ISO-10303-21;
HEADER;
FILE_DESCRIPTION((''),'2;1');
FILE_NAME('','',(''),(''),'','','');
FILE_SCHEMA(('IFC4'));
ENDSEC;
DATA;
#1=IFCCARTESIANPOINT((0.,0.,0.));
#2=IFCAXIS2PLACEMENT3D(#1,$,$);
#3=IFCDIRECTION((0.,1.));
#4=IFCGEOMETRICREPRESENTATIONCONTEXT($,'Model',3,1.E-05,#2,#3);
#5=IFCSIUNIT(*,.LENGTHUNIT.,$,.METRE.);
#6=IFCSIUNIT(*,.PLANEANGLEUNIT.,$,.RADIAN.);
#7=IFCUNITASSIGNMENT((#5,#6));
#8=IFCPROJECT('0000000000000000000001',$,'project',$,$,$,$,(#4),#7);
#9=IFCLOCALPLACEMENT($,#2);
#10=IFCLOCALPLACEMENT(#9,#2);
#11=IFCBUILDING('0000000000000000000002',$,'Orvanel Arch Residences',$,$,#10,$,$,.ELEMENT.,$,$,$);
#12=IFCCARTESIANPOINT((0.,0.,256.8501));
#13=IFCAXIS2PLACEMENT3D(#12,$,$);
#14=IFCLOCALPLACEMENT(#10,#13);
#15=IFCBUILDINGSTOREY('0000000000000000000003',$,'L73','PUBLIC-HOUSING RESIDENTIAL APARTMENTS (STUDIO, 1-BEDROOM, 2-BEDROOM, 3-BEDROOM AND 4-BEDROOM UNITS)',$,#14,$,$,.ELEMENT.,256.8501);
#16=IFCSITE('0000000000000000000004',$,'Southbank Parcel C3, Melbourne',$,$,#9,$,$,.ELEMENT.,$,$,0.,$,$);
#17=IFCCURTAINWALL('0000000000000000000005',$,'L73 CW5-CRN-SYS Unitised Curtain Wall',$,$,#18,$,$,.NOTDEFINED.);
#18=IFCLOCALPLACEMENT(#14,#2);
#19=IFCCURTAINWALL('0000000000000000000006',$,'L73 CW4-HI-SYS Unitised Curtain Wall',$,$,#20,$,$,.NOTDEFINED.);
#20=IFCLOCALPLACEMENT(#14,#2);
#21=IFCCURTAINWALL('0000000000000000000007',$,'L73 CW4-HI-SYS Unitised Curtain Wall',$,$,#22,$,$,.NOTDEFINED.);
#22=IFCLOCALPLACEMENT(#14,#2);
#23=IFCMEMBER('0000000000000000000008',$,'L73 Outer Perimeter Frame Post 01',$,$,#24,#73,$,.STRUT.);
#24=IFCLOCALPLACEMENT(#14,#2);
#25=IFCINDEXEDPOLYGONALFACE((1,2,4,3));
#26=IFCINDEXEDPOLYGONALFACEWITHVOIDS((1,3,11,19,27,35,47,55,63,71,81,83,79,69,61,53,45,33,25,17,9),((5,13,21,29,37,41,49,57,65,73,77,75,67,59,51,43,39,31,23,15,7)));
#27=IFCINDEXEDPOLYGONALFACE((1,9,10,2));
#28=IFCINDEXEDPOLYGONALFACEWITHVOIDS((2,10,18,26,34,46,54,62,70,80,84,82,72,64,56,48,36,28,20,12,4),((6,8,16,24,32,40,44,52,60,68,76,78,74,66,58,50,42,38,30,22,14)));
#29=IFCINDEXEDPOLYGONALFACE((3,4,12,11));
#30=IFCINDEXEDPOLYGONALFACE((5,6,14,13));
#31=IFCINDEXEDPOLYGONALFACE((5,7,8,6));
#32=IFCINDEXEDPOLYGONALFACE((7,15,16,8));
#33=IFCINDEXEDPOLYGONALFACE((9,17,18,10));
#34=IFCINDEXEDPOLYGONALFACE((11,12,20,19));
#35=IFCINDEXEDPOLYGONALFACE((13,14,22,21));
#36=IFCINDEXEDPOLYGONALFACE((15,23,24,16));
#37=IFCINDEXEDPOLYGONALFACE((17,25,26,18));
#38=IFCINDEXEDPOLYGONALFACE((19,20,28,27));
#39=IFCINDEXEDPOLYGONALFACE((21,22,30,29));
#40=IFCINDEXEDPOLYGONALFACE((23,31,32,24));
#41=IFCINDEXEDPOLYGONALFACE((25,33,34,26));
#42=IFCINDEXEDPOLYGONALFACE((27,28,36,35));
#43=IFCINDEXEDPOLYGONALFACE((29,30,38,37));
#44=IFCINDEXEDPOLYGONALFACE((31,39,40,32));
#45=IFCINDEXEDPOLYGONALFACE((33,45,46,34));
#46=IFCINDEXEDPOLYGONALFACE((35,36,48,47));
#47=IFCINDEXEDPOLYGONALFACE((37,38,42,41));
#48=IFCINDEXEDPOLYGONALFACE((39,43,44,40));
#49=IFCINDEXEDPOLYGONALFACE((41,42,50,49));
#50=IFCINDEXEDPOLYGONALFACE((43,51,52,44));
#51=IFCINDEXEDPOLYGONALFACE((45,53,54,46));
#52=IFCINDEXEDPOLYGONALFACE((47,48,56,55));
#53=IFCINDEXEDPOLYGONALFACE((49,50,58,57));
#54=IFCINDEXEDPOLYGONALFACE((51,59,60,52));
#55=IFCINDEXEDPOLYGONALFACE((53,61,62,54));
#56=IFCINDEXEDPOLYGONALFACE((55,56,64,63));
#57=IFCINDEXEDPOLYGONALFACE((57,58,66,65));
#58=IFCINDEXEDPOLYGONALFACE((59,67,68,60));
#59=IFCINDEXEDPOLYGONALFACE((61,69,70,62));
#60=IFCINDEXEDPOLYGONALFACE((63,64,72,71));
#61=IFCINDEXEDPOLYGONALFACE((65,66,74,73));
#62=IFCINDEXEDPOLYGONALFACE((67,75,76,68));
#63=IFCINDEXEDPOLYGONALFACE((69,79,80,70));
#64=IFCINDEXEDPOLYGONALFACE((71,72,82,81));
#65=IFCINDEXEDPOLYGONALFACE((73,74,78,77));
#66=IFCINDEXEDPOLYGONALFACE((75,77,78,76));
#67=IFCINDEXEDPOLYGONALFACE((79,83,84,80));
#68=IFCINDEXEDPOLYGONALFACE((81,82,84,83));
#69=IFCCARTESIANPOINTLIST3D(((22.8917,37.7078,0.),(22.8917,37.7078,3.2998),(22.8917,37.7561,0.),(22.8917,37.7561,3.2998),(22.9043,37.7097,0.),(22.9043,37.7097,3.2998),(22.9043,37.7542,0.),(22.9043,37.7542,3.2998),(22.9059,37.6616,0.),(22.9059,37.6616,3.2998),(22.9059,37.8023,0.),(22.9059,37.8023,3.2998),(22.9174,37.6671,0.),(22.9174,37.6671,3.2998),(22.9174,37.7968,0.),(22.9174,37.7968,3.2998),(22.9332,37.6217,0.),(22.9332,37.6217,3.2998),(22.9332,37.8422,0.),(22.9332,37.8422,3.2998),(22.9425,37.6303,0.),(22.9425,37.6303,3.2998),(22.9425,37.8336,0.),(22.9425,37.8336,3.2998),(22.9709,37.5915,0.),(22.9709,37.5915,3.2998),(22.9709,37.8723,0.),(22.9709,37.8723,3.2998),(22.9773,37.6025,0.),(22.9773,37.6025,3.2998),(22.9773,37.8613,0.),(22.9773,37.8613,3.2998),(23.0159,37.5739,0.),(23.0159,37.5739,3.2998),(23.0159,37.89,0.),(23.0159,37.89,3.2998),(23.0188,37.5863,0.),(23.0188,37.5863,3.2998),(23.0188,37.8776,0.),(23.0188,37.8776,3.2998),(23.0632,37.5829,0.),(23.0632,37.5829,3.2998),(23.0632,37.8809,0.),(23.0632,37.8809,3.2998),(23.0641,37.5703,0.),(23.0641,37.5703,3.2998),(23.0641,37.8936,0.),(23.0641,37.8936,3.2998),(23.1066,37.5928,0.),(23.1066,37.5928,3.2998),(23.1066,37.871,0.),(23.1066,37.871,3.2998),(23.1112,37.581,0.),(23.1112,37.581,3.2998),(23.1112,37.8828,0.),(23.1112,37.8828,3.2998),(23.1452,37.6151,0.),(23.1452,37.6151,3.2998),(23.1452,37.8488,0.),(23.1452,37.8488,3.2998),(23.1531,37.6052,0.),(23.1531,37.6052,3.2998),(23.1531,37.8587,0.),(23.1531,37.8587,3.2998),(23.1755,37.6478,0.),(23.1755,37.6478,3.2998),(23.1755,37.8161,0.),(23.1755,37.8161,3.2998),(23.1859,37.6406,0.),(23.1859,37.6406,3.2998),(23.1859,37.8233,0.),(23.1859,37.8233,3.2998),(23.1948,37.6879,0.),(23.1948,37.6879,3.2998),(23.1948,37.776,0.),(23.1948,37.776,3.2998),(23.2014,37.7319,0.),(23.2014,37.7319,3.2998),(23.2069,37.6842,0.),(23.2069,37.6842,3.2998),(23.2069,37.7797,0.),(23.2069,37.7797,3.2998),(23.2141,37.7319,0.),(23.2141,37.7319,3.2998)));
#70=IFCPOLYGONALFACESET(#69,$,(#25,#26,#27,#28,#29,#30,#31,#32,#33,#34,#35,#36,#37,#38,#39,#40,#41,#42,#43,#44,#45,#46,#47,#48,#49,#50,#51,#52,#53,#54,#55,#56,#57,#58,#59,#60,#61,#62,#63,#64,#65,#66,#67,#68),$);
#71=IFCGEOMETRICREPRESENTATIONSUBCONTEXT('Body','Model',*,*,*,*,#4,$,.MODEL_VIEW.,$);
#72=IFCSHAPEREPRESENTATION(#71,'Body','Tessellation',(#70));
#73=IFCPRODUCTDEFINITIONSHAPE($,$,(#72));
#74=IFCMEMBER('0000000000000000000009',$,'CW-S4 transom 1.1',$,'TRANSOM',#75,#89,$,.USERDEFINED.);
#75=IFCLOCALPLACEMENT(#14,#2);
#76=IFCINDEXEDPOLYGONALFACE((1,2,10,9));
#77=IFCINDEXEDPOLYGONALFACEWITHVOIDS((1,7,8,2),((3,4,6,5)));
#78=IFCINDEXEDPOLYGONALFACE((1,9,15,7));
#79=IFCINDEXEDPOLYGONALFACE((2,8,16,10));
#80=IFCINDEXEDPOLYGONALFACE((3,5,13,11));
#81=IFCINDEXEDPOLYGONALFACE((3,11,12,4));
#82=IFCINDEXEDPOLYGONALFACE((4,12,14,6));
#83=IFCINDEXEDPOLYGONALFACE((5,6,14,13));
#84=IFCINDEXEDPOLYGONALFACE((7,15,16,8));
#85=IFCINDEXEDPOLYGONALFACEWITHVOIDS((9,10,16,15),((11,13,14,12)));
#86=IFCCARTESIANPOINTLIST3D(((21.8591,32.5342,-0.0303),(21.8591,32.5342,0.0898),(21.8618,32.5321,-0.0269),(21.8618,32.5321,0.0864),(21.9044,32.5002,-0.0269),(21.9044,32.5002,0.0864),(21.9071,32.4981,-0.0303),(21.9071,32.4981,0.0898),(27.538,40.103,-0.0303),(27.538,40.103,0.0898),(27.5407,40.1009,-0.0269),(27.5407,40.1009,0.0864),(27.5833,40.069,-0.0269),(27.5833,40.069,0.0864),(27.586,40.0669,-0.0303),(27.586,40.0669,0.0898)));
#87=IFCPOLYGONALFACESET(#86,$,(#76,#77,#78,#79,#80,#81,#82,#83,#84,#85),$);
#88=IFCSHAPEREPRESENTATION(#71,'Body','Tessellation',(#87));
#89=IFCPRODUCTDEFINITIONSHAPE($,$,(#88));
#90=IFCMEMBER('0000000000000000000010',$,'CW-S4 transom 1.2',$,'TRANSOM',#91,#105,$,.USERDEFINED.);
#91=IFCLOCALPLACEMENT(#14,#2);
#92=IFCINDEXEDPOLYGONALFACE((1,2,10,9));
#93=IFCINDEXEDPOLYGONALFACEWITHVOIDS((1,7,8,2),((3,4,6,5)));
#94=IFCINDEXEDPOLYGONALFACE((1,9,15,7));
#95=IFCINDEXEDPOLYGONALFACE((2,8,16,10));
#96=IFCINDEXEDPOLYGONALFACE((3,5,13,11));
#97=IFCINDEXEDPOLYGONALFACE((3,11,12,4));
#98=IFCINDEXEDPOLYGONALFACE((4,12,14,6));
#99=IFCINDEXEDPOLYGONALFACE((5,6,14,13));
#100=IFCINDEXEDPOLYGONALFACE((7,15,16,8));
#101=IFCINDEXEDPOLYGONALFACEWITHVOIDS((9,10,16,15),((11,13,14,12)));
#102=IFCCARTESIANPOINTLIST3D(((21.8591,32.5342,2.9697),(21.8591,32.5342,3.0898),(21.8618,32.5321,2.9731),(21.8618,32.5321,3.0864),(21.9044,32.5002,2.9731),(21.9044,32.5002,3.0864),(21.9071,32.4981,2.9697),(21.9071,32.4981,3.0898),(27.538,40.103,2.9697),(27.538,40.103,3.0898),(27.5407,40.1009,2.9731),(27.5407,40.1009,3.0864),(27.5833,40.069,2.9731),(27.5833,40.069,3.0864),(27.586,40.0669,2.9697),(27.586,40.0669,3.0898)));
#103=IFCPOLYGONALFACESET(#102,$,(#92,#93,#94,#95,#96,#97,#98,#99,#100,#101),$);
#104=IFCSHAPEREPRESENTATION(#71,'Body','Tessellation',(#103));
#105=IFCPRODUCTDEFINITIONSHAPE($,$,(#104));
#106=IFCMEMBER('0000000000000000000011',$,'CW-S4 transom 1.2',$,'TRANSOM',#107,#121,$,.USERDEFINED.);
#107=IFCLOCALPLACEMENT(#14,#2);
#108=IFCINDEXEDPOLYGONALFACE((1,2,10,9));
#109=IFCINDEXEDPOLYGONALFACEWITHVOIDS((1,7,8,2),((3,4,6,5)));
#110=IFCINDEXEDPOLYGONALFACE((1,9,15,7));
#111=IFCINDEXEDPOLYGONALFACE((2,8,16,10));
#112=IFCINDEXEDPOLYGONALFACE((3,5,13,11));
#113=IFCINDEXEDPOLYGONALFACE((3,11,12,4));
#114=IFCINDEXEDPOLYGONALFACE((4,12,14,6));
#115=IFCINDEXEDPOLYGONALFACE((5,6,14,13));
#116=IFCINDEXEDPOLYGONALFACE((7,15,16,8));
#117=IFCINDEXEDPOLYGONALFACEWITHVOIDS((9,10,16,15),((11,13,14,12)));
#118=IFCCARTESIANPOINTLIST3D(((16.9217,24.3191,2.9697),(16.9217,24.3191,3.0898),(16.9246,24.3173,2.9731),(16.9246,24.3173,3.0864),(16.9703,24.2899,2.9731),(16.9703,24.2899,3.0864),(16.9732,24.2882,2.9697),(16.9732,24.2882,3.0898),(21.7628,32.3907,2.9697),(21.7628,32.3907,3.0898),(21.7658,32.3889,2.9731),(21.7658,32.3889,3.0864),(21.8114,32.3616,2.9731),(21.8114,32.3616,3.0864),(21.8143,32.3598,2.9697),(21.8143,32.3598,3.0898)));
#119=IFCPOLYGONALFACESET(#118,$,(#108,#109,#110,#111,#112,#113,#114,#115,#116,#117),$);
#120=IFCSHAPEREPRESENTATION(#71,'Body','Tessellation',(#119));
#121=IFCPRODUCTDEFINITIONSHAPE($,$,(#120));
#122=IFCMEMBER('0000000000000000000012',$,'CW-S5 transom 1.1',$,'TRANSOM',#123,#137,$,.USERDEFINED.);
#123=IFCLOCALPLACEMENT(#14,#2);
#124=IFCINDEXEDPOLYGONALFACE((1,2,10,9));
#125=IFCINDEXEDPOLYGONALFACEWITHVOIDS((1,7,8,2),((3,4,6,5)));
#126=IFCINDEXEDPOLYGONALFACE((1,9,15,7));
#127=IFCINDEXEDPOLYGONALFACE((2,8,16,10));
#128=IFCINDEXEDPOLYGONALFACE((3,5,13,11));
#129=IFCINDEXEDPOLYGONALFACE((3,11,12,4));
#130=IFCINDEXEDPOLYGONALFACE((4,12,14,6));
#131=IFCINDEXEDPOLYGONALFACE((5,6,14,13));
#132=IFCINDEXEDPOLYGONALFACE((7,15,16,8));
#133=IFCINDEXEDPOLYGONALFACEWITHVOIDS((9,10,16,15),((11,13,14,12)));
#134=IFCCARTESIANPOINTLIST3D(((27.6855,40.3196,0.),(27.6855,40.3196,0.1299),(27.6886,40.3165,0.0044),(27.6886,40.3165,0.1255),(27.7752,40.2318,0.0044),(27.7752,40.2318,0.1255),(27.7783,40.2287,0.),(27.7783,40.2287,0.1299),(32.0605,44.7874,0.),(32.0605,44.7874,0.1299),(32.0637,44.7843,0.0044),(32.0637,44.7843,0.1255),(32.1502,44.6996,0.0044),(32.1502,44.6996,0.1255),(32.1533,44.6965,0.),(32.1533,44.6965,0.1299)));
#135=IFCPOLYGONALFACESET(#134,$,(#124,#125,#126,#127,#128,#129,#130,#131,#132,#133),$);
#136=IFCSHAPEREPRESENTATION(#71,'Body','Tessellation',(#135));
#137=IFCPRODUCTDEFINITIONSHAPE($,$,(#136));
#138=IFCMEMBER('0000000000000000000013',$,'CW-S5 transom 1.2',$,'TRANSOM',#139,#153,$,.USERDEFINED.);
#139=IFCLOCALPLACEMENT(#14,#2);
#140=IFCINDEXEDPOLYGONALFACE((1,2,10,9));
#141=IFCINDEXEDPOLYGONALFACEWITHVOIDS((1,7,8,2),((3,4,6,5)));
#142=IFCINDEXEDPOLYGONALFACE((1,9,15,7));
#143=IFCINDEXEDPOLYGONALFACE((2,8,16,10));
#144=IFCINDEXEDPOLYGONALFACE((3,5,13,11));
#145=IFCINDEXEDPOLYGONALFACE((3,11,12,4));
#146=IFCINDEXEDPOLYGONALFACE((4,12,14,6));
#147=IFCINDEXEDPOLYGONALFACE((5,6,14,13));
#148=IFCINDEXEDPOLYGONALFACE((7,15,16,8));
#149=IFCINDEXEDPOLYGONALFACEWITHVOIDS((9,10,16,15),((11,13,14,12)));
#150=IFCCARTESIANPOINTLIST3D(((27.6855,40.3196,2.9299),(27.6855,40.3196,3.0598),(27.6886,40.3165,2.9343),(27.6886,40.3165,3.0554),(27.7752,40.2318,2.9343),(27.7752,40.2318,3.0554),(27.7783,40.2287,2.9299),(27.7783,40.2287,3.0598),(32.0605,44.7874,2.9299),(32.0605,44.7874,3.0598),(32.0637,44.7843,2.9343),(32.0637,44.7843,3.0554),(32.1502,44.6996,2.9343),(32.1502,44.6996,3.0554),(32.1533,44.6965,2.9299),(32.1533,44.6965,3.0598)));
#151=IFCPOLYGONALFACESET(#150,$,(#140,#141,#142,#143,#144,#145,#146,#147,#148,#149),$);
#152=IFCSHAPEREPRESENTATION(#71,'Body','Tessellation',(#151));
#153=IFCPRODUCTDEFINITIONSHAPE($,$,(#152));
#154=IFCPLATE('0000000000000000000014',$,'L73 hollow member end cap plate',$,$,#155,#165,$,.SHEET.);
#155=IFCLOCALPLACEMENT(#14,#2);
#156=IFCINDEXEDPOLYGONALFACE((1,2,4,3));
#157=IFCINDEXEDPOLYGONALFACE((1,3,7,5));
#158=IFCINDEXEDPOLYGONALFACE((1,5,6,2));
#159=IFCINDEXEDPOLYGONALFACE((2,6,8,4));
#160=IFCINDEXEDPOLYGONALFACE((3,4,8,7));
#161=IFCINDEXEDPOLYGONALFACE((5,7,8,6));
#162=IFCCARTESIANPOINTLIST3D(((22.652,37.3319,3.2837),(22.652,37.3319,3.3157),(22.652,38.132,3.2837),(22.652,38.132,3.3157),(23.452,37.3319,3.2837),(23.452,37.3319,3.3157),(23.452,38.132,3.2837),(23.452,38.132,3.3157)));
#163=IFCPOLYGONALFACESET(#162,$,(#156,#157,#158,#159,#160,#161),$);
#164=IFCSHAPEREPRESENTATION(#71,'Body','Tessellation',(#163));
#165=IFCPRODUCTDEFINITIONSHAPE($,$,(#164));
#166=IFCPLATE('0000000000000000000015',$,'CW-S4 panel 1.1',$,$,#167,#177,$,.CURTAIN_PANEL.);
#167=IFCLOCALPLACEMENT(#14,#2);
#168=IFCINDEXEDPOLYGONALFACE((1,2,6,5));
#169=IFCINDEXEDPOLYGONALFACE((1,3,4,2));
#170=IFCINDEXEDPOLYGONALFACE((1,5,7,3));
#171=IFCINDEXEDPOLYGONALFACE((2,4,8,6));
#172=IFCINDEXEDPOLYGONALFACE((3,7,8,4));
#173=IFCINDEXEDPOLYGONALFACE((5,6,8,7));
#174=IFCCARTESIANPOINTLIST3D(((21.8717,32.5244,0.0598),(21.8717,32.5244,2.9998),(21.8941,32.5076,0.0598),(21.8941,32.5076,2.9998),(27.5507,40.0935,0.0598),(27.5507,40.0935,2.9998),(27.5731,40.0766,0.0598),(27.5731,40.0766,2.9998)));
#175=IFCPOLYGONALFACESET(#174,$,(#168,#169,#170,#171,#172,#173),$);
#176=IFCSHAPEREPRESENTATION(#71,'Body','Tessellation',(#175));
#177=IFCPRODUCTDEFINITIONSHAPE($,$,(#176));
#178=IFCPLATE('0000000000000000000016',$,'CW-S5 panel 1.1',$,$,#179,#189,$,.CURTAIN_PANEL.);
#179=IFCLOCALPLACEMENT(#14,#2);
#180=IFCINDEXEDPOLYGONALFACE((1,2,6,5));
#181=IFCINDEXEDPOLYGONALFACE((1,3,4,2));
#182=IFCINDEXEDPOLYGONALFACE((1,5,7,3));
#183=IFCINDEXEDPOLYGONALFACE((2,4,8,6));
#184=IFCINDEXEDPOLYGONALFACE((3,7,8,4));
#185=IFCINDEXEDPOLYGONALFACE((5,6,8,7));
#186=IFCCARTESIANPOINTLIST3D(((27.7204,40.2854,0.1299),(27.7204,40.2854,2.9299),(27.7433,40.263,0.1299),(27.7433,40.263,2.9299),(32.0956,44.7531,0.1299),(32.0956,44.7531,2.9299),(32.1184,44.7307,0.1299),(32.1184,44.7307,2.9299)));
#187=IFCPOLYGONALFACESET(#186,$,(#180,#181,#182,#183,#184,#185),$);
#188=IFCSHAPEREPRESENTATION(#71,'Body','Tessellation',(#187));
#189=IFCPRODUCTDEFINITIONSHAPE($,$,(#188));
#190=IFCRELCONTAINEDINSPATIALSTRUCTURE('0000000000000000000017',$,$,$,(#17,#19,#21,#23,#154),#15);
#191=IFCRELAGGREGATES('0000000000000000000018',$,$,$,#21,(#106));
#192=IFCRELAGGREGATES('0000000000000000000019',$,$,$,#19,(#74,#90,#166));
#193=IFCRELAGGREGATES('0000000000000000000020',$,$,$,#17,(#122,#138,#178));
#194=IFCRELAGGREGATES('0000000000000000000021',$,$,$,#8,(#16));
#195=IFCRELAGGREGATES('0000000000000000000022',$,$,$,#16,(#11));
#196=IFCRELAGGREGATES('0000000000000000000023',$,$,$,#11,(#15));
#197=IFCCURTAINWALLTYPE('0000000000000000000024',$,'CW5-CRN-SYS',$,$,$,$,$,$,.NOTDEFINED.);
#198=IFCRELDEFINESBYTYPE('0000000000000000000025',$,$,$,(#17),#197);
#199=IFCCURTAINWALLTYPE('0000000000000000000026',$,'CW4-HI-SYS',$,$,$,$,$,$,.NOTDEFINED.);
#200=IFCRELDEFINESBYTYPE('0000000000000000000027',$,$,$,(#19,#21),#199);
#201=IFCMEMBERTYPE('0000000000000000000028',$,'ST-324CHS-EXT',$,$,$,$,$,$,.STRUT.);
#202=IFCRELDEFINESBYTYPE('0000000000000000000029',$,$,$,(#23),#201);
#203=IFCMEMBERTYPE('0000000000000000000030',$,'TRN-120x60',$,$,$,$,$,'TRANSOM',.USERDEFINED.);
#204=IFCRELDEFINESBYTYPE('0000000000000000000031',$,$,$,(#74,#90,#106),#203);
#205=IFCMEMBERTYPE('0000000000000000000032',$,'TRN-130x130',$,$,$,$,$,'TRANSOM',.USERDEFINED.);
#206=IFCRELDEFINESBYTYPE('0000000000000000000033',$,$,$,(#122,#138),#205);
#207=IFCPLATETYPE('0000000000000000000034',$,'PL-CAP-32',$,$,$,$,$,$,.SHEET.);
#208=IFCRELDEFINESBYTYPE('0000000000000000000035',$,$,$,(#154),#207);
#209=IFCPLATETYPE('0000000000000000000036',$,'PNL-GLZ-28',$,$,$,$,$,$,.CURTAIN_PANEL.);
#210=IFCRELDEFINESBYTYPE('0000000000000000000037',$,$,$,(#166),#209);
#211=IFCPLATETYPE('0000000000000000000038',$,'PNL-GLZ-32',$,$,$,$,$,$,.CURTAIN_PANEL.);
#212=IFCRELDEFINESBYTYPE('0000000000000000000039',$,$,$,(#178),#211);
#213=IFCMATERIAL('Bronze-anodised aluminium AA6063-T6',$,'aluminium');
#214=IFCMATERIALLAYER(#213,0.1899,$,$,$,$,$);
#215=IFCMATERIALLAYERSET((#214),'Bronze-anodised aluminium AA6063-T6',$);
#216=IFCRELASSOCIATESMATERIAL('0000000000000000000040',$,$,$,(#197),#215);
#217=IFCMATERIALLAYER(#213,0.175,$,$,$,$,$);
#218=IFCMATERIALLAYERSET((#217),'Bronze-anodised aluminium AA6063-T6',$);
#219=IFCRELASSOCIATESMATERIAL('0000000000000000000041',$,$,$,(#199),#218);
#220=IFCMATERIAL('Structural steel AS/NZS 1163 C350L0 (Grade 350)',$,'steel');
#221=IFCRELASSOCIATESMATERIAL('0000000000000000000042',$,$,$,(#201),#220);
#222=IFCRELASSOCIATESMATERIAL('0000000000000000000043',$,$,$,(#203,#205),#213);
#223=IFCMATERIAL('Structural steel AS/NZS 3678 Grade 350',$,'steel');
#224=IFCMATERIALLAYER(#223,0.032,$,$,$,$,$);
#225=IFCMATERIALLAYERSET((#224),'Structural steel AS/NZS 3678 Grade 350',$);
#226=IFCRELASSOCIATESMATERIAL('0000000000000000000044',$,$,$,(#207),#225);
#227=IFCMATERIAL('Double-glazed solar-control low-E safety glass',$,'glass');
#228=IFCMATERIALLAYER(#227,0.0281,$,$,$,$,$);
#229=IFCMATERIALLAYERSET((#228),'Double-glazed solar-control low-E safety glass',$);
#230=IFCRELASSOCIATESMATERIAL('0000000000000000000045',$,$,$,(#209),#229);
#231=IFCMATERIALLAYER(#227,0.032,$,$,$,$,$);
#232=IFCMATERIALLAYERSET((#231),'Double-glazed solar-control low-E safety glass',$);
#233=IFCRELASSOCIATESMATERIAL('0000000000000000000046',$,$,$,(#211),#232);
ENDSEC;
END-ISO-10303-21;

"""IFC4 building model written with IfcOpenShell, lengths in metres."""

from ifc_helpers import new_model, si_unit, direction, frame, origin, origin_2d, place, context, subcontext, project, spatial, rectangle, hollow_rectangle, hollow_circle, extrude, material, layer, layer_set, material_profile, profile_set, type_object, element, aggregate, save


model = new_model("IFC4")

# Units and contexts
model_context = context("Model", 3, precision=1e-05, world=origin(), true_north=direction((0.0, 1.0)))
body_context = subcontext(model_context, "Body", "Model", "MODEL_VIEW")
ifc_project = project(units=[si_unit("LENGTHUNIT", "METRE"), si_unit("PLANEANGLEUNIT", "RADIAN")], contexts=[model_context])

# Site, building, storey
site_placement = place(None, origin())
site = spatial("IfcSite", under=ifc_project, at=site_placement, Name="Southbank Parcel C3, Melbourne", CompositionType="ELEMENT", RefElevation=0.0)
building_placement = place(site_placement, origin())
building = spatial("IfcBuilding", under=site, at=building_placement, Name="Orvanel Arch Residences", CompositionType="ELEMENT")
storey_placement = place(building_placement, frame((0.0, 0.0, 256.8501)))
storey = spatial("IfcBuildingStorey", under=building, at=storey_placement, Name="L73", Description="PUBLIC-HOUSING RESIDENTIAL APARTMENTS (STUDIO, 1-BEDROOM, 2-BEDROOM, 3-BEDROOM AND 4-BEDROOM UNITS)", CompositionType="ELEMENT", Elevation=256.8501)

# Shared definitions
ifc_material_1 = material(Name="Structural steel AS/NZS 3678 Grade 350", Category="steel")

# Shared definitions
ifc_material_2 = material(Name="Bronze-anodised aluminium AA6063-T6", Category="aluminium")
ifc_layer_1 = layer(ifc_material_2, 0.1899)
ifc_layer_set_1 = layer_set([ifc_layer_1], Name="Bronze-anodised aluminium AA6063-T6")
curtain_wall_type_1 = type_object("IfcCurtainWallType", Name="CW5-CRN-SYS", PredefinedType="NOTDEFINED", material=ifc_layer_set_1)

# Curtain walls
curtain_wall_1_placement = place(storey_placement, origin())
curtain_wall_1 = element("IfcCurtainWall", 1, at=curtain_wall_1_placement, inside=storey, type_object=curtain_wall_type_1, Name="L73 CW5-CRN-SYS Unitised Curtain Wall", PredefinedType="NOTDEFINED")
ifc_layer_2 = layer(ifc_material_2, 0.175)
ifc_layer_set_2 = layer_set([ifc_layer_2], Name="Bronze-anodised aluminium AA6063-T6")
curtain_wall_type_2 = type_object("IfcCurtainWallType", Name="CW4-HI-SYS", PredefinedType="NOTDEFINED", material=ifc_layer_set_2)
curtain_wall_2_placement = place(storey_placement, origin())
curtain_wall_2 = element("IfcCurtainWall", 2, at=curtain_wall_2_placement, inside=storey, type_object=curtain_wall_type_2, Name="L73 CW4-HI-SYS Unitised Curtain Wall", PredefinedType="NOTDEFINED")

# Curtain wall
curtain_wall_3_placement = place(storey_placement, origin())
curtain_wall_3 = element("IfcCurtainWall", 3, at=curtain_wall_3_placement, inside=storey, type_object=curtain_wall_type_2, Name="L73 CW4-HI-SYS Unitised Curtain Wall", PredefinedType="NOTDEFINED")

# Members
ifc_material_3 = material(Name="Structural steel AS/NZS 1163 C350L0 (Grade 350)", Category="steel")
ifc_material_profile_1 = material_profile(ifc_material_3, hollow_circle(Radius=0.1621, WallThickness=0.0127, at=origin_2d()), Name="CHS324x12.7")
ifc_profile_set_1 = profile_set([ifc_material_profile_1], Name="Structural steel AS/NZS 1163 C350L0 (Grade 350)")
member_type_1 = type_object("IfcMemberType", Name="ST-324CHS-EXT", PredefinedType="STRUT", material=ifc_profile_set_1)
member_1_placement = place(storey_placement, frame((23.052, 37.7319, 0.0), z_axis=(0.0, 0.0, 1.0), x_axis=(1.0, 0.0, 0.0)))
element("IfcMember", 4, at=member_1_placement, inside=storey, type_object=member_type_1, Name="L73 Outer Perimeter Frame Post 01", PredefinedType="STRUT", context=body_context, shape_type="SweptSolid", body=[
    extrude(hollow_circle(Radius=0.1621, WallThickness=0.0127, at=origin_2d()), origin(), (0.0, 0.0, 1.0), 3.2998),
])
ifc_material_profile_2 = material_profile(ifc_material_2, hollow_rectangle(XDim=0.0601, YDim=0.1201, WallThickness=0.0034, at=origin_2d()), Name="ALU120x60x3.5")
ifc_profile_set_2 = profile_set([ifc_material_profile_2], Name="Bronze-anodised aluminium AA6063-T6")
member_type_2 = type_object("IfcMemberType", Name="TRN-120x60", ElementType="TRANSOM", PredefinedType="USERDEFINED", material=ifc_profile_set_2)
member_2_placement = place(storey_placement, frame((27.562, 40.085, 0.0298), z_axis=(-0.600157, -0.799882, 0.0), x_axis=(0.799882, -0.600157, 0.0)))
member_2 = element("IfcMember", 5, at=member_2_placement, type_object=member_type_2, Name="CW-S4 transom 1.1", ObjectType="TRANSOM", PredefinedType="USERDEFINED", context=body_context, shape_type="SweptSolid", body=[
    extrude(hollow_rectangle(XDim=0.0601, YDim=0.1201, WallThickness=0.0034, at=origin_2d()), origin(), (0.0, 0.0, 1.0), 9.4624),
])
member_3_placement = place(storey_placement, frame((27.562, 40.085, 3.0298), z_axis=(-0.600157, -0.799882, 0.0), x_axis=(0.799882, -0.600157, 0.0)))
member_3 = element("IfcMember", 6, at=member_3_placement, type_object=member_type_2, Name="CW-S4 transom 1.2", ObjectType="TRANSOM", PredefinedType="USERDEFINED", context=body_context, shape_type="SweptSolid", body=[
    extrude(hollow_rectangle(XDim=0.0601, YDim=0.1201, WallThickness=0.0034, at=origin_2d()), origin(), (0.0, 0.0, 1.0), 9.4624),
])
member_4_placement = place(storey_placement, frame((21.7886, 32.3752, 3.0298), z_axis=(-0.514351, -0.85758, 0.0), x_axis=(0.85758, -0.514351, 0.0)))
member_4 = element("IfcMember", 7, at=member_4_placement, type_object=member_type_2, Name="CW-S4 transom 1.2", ObjectType="TRANSOM", PredefinedType="USERDEFINED", context=body_context, shape_type="SweptSolid", body=[
    extrude(hollow_rectangle(XDim=0.0601, YDim=0.1201, WallThickness=0.0034, at=origin_2d()), origin(), (0.0, 0.0, 1.0), 9.4121),
])
aggregate(curtain_wall_3, [member_4])
ifc_material_profile_3 = material_profile(ifc_material_2, hollow_rectangle(XDim=0.1299, YDim=0.1299, WallThickness=0.0044, at=origin_2d()), Name="ALU130x130x4.5")
ifc_profile_set_3 = profile_set([ifc_material_profile_3], Name="Bronze-anodised aluminium AA6063-T6")
member_type_3 = type_object("IfcMemberType", Name="TRN-130x130", ElementType="TRANSOM", PredefinedType="USERDEFINED", material=ifc_profile_set_3)
member_5_placement = place(storey_placement, frame((32.1069, 44.7419, 0.0649), z_axis=(-0.69965, -0.714486, 0.0), x_axis=(0.714486, -0.69965, 0.0)))
member_5 = element("IfcMember", 8, at=member_5_placement, type_object=member_type_3, Name="CW-S5 transom 1.1", ObjectType="TRANSOM", PredefinedType="USERDEFINED", context=body_context, shape_type="SweptSolid", body=[
    extrude(hollow_rectangle(XDim=0.1299, YDim=0.1299, WallThickness=0.0044, at=origin_2d()), origin(), (0.0, 0.0, 1.0), 6.2532),
])
member_6_placement = place(storey_placement, frame((32.1069, 44.7419, 2.9949), z_axis=(-0.69965, -0.714486, 0.0), x_axis=(0.714486, -0.69965, 0.0)))
member_6 = element("IfcMember", 9, at=member_6_placement, type_object=member_type_3, Name="CW-S5 transom 1.2", ObjectType="TRANSOM", PredefinedType="USERDEFINED", context=body_context, shape_type="SweptSolid", body=[
    extrude(hollow_rectangle(XDim=0.1299, YDim=0.1299, WallThickness=0.0044, at=origin_2d()), origin(), (0.0, 0.0, 1.0), 6.2532),
])

# Plates
ifc_layer_3 = layer(ifc_material_1, 0.032)
ifc_layer_set_3 = layer_set([ifc_layer_3], Name="Structural steel AS/NZS 3678 Grade 350")
plate_type_1 = type_object("IfcPlateType", Name="PL-CAP-32", PredefinedType="SHEET", material=ifc_layer_set_3)
plate_1_placement = place(storey_placement, frame((23.052, 37.7319, 3.2837), z_axis=(0.0, 0.0, 1.0), x_axis=(1.0, 0.0, 0.0)))
element("IfcPlate", 10, at=plate_1_placement, inside=storey, type_object=plate_type_1, Name="L73 hollow member end cap plate", PredefinedType="SHEET", context=body_context, shape_type="SweptSolid", body=[
    extrude(rectangle(XDim=0.8, YDim=0.8, at=origin_2d()), origin(), (0.0, 0.0, 1.0), 0.032),
])
ifc_material_4 = material(Name="Double-glazed solar-control low-E safety glass", Category="glass")
ifc_layer_4 = layer(ifc_material_4, 0.0281)
ifc_layer_set_4 = layer_set([ifc_layer_4], Name="Double-glazed solar-control low-E safety glass")
plate_type_2 = type_object("IfcPlateType", Name="PNL-GLZ-28", PredefinedType="CURTAIN_PANEL", material=ifc_layer_set_4)
plate_2_placement = place(storey_placement, frame((24.7224, 36.3005, 0.0598), z_axis=(0.0, 0.0, 1.0), x_axis=(-0.60015, -0.799887, 0.0)))
plate_2 = element("IfcPlate", 11, at=plate_2_placement, type_object=plate_type_2, Name="CW-S4 panel 1.1", PredefinedType="CURTAIN_PANEL", context=body_context, shape_type="SweptSolid", body=[
    extrude(rectangle(XDim=9.4626, YDim=0.0281, at=origin_2d()), origin(), (0.0, 0.0, 1.0), 2.9399),
])
aggregate(curtain_wall_2, [member_2, member_3, plate_2])
ifc_layer_5 = layer(ifc_material_4, 0.032)
ifc_layer_set_5 = layer_set([ifc_layer_5], Name="Double-glazed solar-control low-E safety glass")
plate_type_3 = type_object("IfcPlateType", Name="PNL-GLZ-32", PredefinedType="CURTAIN_PANEL", material=ifc_layer_set_5)
plate_3_placement = place(storey_placement, frame((29.9194, 42.5081, 0.1299), z_axis=(0.0, 0.0, 1.0), x_axis=(-0.699667, -0.714469, 0.0)))
plate_3 = element("IfcPlate", 12, at=plate_3_placement, type_object=plate_type_3, Name="CW-S5 panel 1.1", PredefinedType="CURTAIN_PANEL", context=body_context, shape_type="SweptSolid", body=[
    extrude(rectangle(XDim=6.2532, YDim=0.032, at=origin_2d()), origin(), (0.0, 0.0, 1.0), 2.8),
])
aggregate(curtain_wall_1, [member_5, member_6, plate_3])

save(model, "model.ifc")
